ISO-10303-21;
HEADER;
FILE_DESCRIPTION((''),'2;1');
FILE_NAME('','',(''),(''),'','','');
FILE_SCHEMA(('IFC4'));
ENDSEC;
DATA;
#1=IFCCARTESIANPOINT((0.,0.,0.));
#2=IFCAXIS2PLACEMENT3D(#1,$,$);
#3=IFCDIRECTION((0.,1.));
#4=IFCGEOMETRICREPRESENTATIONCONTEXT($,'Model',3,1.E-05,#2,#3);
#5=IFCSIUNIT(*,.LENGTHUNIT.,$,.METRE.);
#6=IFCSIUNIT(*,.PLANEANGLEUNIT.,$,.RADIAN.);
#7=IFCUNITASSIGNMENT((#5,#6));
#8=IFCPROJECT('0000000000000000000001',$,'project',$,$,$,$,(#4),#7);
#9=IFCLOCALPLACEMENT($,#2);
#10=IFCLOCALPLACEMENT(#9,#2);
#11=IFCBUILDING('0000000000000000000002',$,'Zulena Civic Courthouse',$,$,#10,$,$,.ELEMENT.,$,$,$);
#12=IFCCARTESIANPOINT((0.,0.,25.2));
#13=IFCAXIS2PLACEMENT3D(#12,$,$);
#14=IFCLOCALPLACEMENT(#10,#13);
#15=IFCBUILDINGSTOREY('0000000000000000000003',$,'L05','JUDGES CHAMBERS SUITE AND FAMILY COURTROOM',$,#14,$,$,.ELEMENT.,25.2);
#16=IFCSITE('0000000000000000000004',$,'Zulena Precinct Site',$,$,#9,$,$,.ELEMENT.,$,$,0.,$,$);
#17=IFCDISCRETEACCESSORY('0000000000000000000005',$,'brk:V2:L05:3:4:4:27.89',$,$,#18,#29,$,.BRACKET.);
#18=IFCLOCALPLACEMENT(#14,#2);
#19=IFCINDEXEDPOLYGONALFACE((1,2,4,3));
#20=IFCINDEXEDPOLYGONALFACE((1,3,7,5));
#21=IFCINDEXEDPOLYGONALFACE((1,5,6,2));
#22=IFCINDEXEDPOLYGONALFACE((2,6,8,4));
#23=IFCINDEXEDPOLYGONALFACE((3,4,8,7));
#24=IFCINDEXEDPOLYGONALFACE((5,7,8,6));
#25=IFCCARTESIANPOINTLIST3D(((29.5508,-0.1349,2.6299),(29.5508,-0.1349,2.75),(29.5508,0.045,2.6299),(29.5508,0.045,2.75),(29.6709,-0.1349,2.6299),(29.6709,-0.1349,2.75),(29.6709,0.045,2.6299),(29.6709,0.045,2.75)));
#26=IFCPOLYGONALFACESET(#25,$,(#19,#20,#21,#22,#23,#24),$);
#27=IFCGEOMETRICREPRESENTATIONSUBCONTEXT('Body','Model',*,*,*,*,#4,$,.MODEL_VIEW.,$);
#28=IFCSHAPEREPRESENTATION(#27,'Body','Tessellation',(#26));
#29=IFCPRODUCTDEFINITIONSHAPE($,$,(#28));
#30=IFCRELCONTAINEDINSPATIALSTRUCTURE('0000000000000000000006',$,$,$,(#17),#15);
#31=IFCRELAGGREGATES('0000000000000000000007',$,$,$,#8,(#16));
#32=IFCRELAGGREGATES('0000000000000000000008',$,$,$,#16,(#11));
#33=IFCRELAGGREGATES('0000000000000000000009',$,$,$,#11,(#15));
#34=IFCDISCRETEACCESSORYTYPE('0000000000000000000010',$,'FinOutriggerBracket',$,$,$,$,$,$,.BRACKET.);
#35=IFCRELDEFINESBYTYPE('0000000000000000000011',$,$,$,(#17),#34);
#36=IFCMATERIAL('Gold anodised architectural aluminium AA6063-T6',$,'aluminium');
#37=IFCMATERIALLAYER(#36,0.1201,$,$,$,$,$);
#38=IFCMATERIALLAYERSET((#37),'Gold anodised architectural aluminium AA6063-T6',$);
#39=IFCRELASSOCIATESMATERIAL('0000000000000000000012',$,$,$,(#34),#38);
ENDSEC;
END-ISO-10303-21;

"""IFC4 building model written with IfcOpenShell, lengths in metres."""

from ifc_helpers import new_model, si_unit, direction, frame, origin, origin_2d, place, context, subcontext, project, spatial, rectangle, extrude, material, layer, layer_set, type_object, element, save


model = new_model("IFC4")

# Units and contexts
model_context = context("Model", 3, precision=1e-05, world=origin(), true_north=direction((0.0, 1.0)))
body_context = subcontext(model_context, "Body", "Model", "MODEL_VIEW")
ifc_project = project(units=[si_unit("LENGTHUNIT", "METRE"), si_unit("PLANEANGLEUNIT", "RADIAN")], contexts=[model_context])

# Site, building, storey
site_placement = place(None, origin())
site = spatial("IfcSite", under=ifc_project, at=site_placement, Name="Zulena Precinct Site", CompositionType="ELEMENT", RefElevation=0.0)
building_placement = place(site_placement, origin())
building = spatial("IfcBuilding", under=site, at=building_placement, Name="Zulena Civic Courthouse", CompositionType="ELEMENT")
storey_placement = place(building_placement, frame((0.0, 0.0, 25.2)))
storey = spatial("IfcBuildingStorey", under=building, at=storey_placement, Name="L05", Description="JUDGES CHAMBERS SUITE AND FAMILY COURTROOM", CompositionType="ELEMENT", Elevation=25.2)

# Shared definitions
ifc_material_1 = material(Name="Gold anodised architectural aluminium AA6063-T6", Category="aluminium")

# Discrete accessory
ifc_layer_1 = layer(ifc_material_1, 0.1201)
ifc_layer_set_1 = layer_set([ifc_layer_1], Name="Gold anodised architectural aluminium AA6063-T6")
discrete_accessory_type = type_object("IfcDiscreteAccessoryType", Name="FinOutriggerBracket", PredefinedType="BRACKET", material=ifc_layer_set_1)
for number, where, z_axis, x_axis, name in (
    (1, (29.6108, -0.0449, 2.6299), (0.0, 0.0, 1.0), (0.0, -1.0, 0.0), "brk:V2:L05:3:4:4:27.89"),
):
    element("IfcDiscreteAccessory", number, at=place(storey_placement, frame(where, z_axis=z_axis, x_axis=x_axis)), inside=storey, type_object=discrete_accessory_type, Name=name, PredefinedType="BRACKET", context=body_context, shape_type="SweptSolid", body=[
        extrude(rectangle(XDim=0.1799, YDim=0.1201, at=origin_2d()), origin(), (0.0, 0.0, 1.0), 0.1201),
    ])

save(model, "model.ifc")
